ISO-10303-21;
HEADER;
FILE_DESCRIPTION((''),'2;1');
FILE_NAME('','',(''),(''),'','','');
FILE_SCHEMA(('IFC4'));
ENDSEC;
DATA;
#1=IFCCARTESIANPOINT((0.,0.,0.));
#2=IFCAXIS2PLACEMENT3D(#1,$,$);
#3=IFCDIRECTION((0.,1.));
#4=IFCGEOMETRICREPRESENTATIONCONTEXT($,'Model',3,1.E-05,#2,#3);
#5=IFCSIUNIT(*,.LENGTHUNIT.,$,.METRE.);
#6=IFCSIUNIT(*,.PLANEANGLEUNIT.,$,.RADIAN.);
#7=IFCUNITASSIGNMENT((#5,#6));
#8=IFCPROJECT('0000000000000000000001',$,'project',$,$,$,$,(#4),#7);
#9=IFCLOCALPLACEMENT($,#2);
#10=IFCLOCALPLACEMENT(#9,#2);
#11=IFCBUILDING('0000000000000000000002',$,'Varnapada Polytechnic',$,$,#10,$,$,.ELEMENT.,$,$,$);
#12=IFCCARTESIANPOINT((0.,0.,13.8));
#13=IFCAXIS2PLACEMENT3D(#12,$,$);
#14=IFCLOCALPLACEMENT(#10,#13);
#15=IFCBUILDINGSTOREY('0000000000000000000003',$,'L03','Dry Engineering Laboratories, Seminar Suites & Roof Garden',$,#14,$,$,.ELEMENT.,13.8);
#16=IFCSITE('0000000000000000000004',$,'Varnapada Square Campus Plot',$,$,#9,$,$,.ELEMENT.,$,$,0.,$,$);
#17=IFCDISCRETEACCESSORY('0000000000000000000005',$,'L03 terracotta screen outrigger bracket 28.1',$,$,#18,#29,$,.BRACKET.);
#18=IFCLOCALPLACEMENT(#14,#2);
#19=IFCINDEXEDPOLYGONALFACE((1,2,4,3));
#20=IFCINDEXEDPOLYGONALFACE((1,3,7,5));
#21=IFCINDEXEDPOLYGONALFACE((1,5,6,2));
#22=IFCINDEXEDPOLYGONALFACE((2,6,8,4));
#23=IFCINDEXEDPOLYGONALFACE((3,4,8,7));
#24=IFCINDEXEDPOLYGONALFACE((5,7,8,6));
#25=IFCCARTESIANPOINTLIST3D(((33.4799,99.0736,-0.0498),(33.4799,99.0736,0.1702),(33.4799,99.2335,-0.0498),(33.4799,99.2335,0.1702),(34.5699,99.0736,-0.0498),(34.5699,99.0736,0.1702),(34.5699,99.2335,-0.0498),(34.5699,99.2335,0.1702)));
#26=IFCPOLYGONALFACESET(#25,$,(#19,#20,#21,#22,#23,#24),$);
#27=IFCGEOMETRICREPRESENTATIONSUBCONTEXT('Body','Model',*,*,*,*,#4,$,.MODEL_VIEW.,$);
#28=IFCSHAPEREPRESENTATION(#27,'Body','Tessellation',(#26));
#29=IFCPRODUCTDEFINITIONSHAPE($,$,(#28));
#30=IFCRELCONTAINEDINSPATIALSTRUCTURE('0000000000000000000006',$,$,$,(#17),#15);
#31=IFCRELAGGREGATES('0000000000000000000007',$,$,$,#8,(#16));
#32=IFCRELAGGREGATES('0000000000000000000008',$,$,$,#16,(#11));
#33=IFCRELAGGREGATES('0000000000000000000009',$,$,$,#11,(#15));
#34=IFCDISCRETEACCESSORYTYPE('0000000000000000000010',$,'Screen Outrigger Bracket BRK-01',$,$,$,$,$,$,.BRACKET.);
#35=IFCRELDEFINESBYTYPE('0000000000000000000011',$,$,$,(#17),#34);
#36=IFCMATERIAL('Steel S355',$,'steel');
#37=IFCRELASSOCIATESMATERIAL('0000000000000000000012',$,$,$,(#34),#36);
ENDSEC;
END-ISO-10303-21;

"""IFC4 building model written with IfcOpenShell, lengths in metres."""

from ifc_helpers import new_model, si_unit, direction, frame, origin, origin_2d, place, context, subcontext, project, spatial, rectangle, extrude, material, type_object, element, save


model = new_model("IFC4")

# Units and contexts
model_context = context("Model", 3, precision=1e-05, world=origin(), true_north=direction((0.0, 1.0)))
body_context = subcontext(model_context, "Body", "Model", "MODEL_VIEW")
ifc_project = project(units=[si_unit("LENGTHUNIT", "METRE"), si_unit("PLANEANGLEUNIT", "RADIAN")], contexts=[model_context])

# Site, building, storey
site_placement = place(None, origin())
site = spatial("IfcSite", under=ifc_project, at=site_placement, Name="Varnapada Square Campus Plot", CompositionType="ELEMENT", RefElevation=0.0)
building_placement = place(site_placement, origin())
building = spatial("IfcBuilding", under=site, at=building_placement, Name="Varnapada Polytechnic", CompositionType="ELEMENT")
storey_placement = place(building_placement, frame((0.0, 0.0, 13.8)))
storey = spatial("IfcBuildingStorey", under=building, at=storey_placement, Name="L03", Description="Dry Engineering Laboratories, Seminar Suites & Roof Garden", CompositionType="ELEMENT", Elevation=13.8)

# Discrete accessory
ifc_material_1 = material(Name="Steel S355", Category="steel")
discrete_accessory_type = type_object("IfcDiscreteAccessoryType", Name="Screen Outrigger Bracket BRK-01", PredefinedType="BRACKET", material=ifc_material_1)
discrete_accessory_placement = place(storey_placement, frame((34.0249, 99.1536, -0.0498), z_axis=(0.0, 0.0, 1.0), x_axis=(0.0, -1.0, 0.0)))
element("IfcDiscreteAccessory", 1, at=discrete_accessory_placement, inside=storey, type_object=discrete_accessory_type, Name="L03 terracotta screen outrigger bracket 28.1", PredefinedType="BRACKET", context=body_context, shape_type="SweptSolid", body=[
    extrude(rectangle(XDim=0.1599, YDim=1.0901, at=origin_2d()), origin(), (0.0, 0.0, 1.0), 0.22),
])

save(model, "model.ifc")
